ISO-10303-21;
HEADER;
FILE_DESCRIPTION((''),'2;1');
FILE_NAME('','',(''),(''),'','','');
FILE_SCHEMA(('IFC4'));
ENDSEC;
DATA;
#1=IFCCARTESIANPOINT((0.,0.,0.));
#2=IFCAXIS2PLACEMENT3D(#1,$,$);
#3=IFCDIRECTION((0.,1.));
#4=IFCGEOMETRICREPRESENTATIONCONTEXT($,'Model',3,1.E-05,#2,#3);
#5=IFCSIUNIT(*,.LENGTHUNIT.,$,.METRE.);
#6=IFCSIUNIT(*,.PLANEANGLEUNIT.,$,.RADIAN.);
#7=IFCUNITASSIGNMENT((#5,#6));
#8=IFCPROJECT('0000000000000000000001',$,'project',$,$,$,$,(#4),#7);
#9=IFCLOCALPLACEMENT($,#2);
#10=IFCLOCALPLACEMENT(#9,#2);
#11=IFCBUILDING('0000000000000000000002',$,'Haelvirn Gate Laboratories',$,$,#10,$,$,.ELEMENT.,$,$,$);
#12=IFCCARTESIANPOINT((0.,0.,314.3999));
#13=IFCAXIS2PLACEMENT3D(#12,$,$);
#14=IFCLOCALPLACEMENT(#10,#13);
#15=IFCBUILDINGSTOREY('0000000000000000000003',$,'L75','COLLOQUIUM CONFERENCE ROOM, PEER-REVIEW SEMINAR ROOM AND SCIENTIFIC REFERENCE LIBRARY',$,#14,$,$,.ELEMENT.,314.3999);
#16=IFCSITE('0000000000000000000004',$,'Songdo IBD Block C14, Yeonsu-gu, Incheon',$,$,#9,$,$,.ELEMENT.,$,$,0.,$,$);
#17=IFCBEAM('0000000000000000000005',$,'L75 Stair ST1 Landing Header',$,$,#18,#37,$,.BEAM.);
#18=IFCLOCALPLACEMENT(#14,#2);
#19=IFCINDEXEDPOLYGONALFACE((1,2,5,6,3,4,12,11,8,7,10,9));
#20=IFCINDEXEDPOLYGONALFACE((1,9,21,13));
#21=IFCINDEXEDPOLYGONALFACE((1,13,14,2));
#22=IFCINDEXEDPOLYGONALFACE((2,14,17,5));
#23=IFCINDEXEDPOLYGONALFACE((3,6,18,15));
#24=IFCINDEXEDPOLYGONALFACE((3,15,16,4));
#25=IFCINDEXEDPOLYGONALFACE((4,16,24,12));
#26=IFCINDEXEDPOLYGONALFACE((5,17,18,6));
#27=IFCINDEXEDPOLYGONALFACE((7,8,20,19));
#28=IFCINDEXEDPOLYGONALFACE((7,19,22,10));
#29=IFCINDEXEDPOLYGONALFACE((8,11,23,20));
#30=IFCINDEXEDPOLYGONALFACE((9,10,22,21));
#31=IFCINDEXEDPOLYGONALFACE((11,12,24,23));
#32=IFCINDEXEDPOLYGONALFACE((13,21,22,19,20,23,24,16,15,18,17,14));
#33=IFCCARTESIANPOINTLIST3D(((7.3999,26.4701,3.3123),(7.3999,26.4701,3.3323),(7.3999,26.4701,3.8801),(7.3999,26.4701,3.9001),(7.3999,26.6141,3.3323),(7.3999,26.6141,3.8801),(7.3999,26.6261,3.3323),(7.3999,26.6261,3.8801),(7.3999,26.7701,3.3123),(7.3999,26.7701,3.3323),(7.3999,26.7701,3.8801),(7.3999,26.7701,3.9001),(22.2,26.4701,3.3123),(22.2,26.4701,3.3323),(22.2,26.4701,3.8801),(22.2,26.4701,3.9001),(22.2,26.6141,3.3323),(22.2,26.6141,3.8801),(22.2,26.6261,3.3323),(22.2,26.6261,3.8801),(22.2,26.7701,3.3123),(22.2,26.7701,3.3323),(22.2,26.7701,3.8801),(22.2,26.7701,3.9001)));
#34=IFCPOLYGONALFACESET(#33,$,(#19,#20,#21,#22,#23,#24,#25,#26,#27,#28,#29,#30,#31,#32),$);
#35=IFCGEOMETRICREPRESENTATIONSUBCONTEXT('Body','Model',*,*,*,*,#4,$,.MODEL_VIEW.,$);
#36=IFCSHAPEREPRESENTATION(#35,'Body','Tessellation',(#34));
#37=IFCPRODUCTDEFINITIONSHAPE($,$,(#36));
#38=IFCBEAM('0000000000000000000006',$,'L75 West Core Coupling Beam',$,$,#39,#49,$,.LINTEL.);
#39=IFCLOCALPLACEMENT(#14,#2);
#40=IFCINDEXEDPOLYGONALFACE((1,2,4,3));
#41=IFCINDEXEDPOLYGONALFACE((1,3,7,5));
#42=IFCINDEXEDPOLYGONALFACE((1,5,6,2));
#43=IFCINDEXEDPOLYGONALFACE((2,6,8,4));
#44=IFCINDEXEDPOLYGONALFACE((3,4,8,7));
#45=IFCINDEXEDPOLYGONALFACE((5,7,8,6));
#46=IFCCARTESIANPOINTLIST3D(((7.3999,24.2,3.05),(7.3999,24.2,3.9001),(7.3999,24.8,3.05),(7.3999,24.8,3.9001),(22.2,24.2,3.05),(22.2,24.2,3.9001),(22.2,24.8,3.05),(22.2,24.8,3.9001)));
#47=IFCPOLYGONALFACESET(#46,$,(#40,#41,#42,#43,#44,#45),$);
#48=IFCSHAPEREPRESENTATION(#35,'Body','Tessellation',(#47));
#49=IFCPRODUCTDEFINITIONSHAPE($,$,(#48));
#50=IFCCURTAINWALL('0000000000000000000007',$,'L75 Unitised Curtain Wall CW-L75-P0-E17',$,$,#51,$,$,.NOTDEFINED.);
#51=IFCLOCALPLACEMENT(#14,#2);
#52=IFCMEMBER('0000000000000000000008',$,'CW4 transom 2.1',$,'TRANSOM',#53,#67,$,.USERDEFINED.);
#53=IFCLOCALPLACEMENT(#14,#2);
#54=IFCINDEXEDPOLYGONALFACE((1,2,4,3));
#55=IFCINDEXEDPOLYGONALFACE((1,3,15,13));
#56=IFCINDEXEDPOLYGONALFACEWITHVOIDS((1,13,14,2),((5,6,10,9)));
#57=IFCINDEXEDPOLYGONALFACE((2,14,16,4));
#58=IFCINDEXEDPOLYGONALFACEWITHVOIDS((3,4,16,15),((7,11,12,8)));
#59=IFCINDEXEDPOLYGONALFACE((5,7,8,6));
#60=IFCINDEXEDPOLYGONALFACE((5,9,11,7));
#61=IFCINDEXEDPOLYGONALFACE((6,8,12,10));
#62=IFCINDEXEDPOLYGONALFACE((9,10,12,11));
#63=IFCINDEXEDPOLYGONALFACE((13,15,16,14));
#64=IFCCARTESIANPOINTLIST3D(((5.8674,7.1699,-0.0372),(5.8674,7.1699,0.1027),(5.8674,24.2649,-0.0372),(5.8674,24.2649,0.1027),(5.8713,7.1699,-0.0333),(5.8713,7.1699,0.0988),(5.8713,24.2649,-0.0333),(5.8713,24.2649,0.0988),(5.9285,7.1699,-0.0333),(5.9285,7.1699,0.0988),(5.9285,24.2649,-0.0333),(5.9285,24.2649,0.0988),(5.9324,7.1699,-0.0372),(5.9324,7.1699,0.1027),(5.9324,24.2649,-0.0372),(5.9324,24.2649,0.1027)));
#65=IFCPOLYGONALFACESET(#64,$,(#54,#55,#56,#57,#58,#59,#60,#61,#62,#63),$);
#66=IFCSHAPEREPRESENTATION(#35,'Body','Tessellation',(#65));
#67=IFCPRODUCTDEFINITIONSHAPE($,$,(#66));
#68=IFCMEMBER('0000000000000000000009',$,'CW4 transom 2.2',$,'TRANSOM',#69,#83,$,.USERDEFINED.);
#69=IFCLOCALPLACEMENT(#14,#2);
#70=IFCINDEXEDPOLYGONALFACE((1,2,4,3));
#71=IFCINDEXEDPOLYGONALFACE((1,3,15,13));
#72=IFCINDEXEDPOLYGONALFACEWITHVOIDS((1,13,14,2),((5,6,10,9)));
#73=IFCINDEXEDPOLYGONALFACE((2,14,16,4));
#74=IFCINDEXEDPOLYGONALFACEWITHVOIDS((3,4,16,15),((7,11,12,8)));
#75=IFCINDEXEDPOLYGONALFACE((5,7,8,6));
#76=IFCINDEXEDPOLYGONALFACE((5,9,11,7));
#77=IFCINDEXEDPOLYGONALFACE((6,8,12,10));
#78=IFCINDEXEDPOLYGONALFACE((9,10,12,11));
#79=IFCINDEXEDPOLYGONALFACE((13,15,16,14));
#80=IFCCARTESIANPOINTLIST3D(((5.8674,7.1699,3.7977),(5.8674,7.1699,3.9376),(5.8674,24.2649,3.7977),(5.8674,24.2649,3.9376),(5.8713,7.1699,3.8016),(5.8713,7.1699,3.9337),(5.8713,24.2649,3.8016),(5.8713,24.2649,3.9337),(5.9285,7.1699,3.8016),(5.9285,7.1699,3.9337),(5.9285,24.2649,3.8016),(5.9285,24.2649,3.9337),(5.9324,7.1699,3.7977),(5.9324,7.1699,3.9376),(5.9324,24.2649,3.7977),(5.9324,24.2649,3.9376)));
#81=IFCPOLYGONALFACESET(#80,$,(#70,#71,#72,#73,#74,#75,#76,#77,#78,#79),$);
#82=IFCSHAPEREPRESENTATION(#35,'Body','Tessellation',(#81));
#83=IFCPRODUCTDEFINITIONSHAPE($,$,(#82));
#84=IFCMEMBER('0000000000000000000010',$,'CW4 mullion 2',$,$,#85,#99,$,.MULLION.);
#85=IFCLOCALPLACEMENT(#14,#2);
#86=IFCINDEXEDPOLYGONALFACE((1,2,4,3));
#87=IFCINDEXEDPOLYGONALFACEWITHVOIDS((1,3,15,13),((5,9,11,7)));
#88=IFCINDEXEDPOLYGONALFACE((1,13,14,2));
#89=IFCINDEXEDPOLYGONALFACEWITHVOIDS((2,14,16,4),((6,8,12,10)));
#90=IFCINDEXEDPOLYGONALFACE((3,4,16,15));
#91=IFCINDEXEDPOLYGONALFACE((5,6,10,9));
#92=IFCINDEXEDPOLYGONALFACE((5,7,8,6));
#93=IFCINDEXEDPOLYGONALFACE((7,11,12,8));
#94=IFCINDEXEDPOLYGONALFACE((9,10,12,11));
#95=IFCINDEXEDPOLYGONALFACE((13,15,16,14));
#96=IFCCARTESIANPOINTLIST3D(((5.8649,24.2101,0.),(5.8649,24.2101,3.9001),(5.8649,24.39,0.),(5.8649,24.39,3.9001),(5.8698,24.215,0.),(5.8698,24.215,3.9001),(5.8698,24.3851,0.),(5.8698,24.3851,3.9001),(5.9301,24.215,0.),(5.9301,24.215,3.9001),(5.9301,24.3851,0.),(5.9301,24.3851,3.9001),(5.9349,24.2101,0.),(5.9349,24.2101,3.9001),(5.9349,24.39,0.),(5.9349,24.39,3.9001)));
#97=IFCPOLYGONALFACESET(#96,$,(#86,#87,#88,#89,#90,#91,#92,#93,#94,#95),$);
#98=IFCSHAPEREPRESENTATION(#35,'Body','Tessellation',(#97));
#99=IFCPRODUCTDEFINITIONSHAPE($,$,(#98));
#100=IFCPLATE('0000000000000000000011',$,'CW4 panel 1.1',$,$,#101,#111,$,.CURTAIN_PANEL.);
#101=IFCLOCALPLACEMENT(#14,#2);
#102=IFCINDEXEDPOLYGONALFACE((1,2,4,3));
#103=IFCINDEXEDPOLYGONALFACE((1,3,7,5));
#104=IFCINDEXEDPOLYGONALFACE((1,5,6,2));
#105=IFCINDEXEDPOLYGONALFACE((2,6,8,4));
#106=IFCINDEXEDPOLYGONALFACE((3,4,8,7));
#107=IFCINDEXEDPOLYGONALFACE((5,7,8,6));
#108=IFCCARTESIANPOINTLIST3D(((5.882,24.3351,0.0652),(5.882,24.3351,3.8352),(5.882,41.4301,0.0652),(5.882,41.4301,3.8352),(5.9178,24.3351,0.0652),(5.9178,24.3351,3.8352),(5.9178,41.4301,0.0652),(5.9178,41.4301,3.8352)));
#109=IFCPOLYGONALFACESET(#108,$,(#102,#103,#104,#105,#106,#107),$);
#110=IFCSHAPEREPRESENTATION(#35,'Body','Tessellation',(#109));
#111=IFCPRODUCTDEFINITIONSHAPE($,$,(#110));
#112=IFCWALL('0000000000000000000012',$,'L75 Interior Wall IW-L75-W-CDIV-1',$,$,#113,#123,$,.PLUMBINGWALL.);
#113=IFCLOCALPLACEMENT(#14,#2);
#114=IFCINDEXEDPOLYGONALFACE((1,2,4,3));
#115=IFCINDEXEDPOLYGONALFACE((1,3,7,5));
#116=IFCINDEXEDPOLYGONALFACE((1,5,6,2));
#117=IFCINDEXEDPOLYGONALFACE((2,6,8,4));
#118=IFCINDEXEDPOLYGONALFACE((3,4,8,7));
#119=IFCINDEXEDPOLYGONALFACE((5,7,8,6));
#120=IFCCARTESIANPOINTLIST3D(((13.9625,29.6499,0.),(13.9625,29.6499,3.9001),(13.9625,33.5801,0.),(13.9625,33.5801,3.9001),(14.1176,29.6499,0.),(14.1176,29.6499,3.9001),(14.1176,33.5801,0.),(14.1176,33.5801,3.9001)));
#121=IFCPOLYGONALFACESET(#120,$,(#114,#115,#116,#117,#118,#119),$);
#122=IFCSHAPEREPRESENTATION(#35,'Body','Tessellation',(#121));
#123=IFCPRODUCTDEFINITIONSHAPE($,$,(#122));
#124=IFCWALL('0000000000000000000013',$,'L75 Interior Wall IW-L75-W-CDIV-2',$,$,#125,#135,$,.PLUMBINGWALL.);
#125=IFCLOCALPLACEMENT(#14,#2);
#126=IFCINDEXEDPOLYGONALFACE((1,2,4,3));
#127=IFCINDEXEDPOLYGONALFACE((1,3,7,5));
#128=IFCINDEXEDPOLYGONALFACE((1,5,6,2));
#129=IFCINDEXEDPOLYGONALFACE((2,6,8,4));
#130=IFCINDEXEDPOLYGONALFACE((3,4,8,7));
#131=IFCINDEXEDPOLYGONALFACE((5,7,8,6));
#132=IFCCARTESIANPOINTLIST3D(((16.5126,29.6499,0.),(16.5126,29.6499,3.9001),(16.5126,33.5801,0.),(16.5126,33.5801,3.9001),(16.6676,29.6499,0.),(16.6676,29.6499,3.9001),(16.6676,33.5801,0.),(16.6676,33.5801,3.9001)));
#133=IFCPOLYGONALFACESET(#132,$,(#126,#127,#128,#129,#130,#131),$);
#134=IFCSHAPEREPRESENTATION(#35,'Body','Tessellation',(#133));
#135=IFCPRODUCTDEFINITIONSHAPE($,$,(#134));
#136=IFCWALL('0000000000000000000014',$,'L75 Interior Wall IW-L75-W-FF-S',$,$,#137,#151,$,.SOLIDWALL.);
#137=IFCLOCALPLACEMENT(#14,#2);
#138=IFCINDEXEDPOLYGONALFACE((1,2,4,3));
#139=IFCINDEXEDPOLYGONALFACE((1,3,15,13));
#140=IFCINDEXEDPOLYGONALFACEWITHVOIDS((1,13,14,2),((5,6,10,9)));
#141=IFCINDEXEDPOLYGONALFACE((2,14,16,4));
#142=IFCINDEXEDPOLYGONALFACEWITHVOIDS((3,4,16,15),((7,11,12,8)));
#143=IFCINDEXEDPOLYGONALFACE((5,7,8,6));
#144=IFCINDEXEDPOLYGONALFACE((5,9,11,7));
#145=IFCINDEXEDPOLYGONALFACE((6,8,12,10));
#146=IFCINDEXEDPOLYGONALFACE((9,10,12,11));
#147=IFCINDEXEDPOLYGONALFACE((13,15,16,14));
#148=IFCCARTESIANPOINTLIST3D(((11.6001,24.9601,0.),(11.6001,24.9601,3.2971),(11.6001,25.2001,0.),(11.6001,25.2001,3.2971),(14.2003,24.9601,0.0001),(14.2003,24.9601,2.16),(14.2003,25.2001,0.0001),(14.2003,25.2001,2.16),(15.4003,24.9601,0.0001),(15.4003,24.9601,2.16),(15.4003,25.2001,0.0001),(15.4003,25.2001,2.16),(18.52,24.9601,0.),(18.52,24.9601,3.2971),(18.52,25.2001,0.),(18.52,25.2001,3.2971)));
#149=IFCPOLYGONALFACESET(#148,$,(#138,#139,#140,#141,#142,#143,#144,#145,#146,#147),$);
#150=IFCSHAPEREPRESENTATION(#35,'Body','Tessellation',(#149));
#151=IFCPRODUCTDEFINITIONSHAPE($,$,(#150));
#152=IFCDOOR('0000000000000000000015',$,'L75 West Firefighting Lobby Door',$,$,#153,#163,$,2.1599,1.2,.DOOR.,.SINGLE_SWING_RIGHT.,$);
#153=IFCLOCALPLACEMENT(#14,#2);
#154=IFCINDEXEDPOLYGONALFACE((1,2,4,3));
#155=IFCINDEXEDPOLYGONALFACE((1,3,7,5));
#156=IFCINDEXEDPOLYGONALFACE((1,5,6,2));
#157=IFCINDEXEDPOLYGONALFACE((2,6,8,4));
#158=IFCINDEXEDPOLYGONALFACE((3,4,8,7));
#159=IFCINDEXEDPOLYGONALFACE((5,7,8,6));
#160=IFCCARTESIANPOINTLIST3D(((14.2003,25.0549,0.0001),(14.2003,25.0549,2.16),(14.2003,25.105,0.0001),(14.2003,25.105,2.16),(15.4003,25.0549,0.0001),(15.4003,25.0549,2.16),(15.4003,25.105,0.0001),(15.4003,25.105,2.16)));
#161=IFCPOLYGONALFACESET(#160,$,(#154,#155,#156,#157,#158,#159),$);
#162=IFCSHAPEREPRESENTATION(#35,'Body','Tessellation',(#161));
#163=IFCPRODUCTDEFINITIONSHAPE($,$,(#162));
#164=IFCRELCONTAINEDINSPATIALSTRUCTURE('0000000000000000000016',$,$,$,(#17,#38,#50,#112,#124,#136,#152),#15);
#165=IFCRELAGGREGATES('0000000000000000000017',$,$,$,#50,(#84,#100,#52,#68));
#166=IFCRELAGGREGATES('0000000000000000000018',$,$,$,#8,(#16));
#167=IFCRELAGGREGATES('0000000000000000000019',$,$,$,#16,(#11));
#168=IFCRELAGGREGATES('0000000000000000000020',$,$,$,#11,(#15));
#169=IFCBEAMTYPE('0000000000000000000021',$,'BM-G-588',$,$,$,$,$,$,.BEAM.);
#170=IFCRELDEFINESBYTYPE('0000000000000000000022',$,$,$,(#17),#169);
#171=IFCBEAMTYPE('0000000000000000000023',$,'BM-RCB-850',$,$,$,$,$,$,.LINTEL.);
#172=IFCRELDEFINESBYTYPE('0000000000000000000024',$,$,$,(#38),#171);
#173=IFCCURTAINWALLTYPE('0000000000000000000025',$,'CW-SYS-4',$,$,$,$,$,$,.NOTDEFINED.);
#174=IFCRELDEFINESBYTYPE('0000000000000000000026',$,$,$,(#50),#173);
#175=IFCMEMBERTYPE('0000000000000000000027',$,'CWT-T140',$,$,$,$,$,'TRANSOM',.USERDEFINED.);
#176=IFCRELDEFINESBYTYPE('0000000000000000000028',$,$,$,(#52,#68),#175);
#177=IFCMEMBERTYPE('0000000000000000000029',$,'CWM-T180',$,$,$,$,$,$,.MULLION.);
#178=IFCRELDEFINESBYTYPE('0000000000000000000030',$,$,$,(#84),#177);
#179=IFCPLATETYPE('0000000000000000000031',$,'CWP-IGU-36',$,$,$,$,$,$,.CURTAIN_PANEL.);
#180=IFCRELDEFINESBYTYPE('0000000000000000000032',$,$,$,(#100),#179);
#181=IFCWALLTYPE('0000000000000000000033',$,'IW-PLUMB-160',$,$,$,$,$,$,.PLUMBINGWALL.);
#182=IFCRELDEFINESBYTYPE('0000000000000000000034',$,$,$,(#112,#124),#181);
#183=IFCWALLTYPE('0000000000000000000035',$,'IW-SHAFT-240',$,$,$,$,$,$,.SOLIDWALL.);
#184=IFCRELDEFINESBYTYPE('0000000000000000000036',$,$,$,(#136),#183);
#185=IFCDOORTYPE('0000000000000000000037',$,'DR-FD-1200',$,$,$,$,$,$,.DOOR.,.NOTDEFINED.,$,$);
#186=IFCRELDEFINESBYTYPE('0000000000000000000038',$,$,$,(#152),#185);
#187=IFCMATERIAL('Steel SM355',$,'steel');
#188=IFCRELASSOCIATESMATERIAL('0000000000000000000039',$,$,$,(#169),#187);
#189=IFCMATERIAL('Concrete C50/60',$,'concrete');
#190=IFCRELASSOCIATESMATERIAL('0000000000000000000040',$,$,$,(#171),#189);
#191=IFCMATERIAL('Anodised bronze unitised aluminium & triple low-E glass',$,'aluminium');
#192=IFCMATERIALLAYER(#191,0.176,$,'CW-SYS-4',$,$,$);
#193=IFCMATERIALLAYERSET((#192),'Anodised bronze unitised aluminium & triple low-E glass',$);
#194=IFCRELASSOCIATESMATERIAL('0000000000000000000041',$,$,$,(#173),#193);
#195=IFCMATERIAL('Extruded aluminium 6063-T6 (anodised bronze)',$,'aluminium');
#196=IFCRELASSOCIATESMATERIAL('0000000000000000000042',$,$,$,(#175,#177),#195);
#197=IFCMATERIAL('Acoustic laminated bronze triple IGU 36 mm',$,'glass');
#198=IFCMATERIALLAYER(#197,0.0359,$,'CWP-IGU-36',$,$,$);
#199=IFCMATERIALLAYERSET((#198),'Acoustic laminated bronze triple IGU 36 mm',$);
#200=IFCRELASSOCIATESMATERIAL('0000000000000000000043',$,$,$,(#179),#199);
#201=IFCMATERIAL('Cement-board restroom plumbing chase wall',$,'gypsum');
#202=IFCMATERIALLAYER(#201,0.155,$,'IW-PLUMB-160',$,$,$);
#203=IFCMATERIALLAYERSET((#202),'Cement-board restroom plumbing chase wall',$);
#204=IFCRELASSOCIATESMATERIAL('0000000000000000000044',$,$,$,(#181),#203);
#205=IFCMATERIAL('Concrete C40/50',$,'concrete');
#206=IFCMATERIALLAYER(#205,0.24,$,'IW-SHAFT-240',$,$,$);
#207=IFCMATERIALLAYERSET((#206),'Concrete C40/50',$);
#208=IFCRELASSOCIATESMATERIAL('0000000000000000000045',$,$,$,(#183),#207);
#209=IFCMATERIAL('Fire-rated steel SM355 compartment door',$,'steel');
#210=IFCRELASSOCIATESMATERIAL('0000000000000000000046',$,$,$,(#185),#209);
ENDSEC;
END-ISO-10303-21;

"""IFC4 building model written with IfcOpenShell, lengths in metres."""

from ifc_helpers import new_model, si_unit, direction, frame, frame_2d, origin, origin_2d, place, context, subcontext, project, spatial, rectangle, hollow_rectangle, i_section, extrude, source, transform, mapped, material, layer, layer_set, material_profile, profile_set, type_object, type_shapes, element, fill, aggregate, save


model = new_model("IFC4")

# Units and contexts
model_context = context("Model", 3, precision=1e-05, world=origin(), true_north=direction((0.0, 1.0)))
body_context = subcontext(model_context, "Body", "Model", "MODEL_VIEW")
ifc_project = project(units=[si_unit("LENGTHUNIT", "METRE"), si_unit("PLANEANGLEUNIT", "RADIAN")], contexts=[model_context])

# Site, building, storey
site_placement = place(None, origin())
site = spatial("IfcSite", under=ifc_project, at=site_placement, Name="Songdo IBD Block C14, Yeonsu-gu, Incheon", CompositionType="ELEMENT", RefElevation=0.0)
building_placement = place(site_placement, origin())
building = spatial("IfcBuilding", under=site, at=building_placement, Name="Haelvirn Gate Laboratories", CompositionType="ELEMENT")
storey_placement = place(building_placement, frame((0.0, 0.0, 314.3999)))
storey = spatial("IfcBuildingStorey", under=building, at=storey_placement, Name="L75", Description="COLLOQUIUM CONFERENCE ROOM, PEER-REVIEW SEMINAR ROOM AND SCIENTIFIC REFERENCE LIBRARY", CompositionType="ELEMENT", Elevation=314.3999)

# Beams
ifc_material_1 = material(Name="Steel SM355", Category="steel")
ifc_material_profile_1 = material_profile(ifc_material_1, i_section(OverallWidth=0.3, OverallDepth=0.5879, WebThickness=0.012, FlangeThickness=0.02, at=origin_2d()), Name="H-588x300x12x20")
ifc_profile_set_1 = profile_set([ifc_material_profile_1], Name="Steel SM355")
beam_type_1 = type_object("IfcBeamType", Name="BM-G-588", PredefinedType="BEAM", material=ifc_profile_set_1)
shared_shape_1 = source(origin(), body_context, "Body", "SweptSolid", [
    extrude(i_section(OverallWidth=0.3, OverallDepth=0.5879, WebThickness=0.012, FlangeThickness=0.02, at=origin_2d()), origin(), (0.0, 0.0, 1.0), 14.8),
])
type_shapes(beam_type_1, [shared_shape_1])
beam_1_placement = place(storey_placement, frame((7.3999, 26.6201, 3.6062), z_axis=(1.0, 0.0, 0.0), x_axis=(0.0, 1.0, 0.0)))
element("IfcBeam", 1, at=beam_1_placement, inside=storey, type_object=beam_type_1, Name="L75 Stair ST1 Landing Header", PredefinedType="BEAM", context=body_context, shape_type="MappedRepresentation", body=[
    mapped(shared_shape_1, transform((0.0, 0.0, 0.0), scale=1.0)),
])
ifc_material_2 = material(Name="Concrete C50/60", Category="concrete")
ifc_material_profile_2 = material_profile(ifc_material_2, rectangle(XDim=0.6001, YDim=0.8501, at=origin_2d()), Name="RCB-600x850")
ifc_profile_set_2 = profile_set([ifc_material_profile_2], Name="Concrete C50/60")
beam_type_2 = type_object("IfcBeamType", Name="BM-RCB-850", PredefinedType="LINTEL", material=ifc_profile_set_2)
shared_shape_2 = source(origin(), body_context, "Body", "SweptSolid", [
    extrude(rectangle(XDim=0.6001, YDim=0.8501, at=origin_2d()), origin(), (0.0, 0.0, 1.0), 14.8),
])
type_shapes(beam_type_2, [shared_shape_2])
beam_2_placement = place(storey_placement, frame((7.3999, 24.5, 3.4751), z_axis=(1.0, 0.0, 0.0), x_axis=(0.0, 1.0, 0.0)))
element("IfcBeam", 2, at=beam_2_placement, inside=storey, type_object=beam_type_2, Name="L75 West Core Coupling Beam", PredefinedType="LINTEL", context=body_context, shape_type="MappedRepresentation", body=[
    mapped(shared_shape_2, transform((0.0, 0.0, 0.0), scale=1.0)),
])

# Curtain wall, members, plate
ifc_material_3 = material(Name="Anodised bronze unitised aluminium & triple low-E glass", Category="aluminium")
ifc_layer_1 = layer(ifc_material_3, 0.176, Name="CW-SYS-4")
ifc_layer_set_1 = layer_set([ifc_layer_1], Name="Anodised bronze unitised aluminium & triple low-E glass")
curtain_wall_type = type_object("IfcCurtainWallType", Name="CW-SYS-4", PredefinedType="NOTDEFINED", material=ifc_layer_set_1)
curtain_wall_placement = place(storey_placement, origin())
curtain_wall = element("IfcCurtainWall", 3, at=curtain_wall_placement, inside=storey, type_object=curtain_wall_type, Name="L75 Unitised Curtain Wall CW-L75-P0-E17", PredefinedType="NOTDEFINED")
ifc_material_4 = material(Name="Extruded aluminium 6063-T6 (anodised bronze)", Category="aluminium")
ifc_material_profile_3 = material_profile(ifc_material_4, hollow_rectangle(XDim=0.0649, YDim=0.1399, WallThickness=0.0039, at=origin_2d()), Name="CWT-140x65x4")
ifc_profile_set_3 = profile_set([ifc_material_profile_3], Name="Extruded aluminium 6063-T6 (anodised bronze)")
member_type_1 = type_object("IfcMemberType", Name="CWT-T140", ElementType="TRANSOM", PredefinedType="USERDEFINED", material=ifc_profile_set_3)
shared_shape_3 = source(origin(), body_context, "Body", "SweptSolid", [
    extrude(hollow_rectangle(XDim=0.0649, YDim=0.1399, WallThickness=0.0039, at=origin_2d()), origin(), (0.0, 0.0, 1.0), 17.095),
])
type_shapes(member_type_1, [shared_shape_3])
member_1_placement = place(storey_placement, frame((5.8999, 24.2649, 0.0327), z_axis=(0.0, -1.0, 0.0), x_axis=(1.0, 0.0, 0.0)))
member_1 = element("IfcMember", 4, at=member_1_placement, type_object=member_type_1, Name="CW4 transom 2.1", ObjectType="TRANSOM", PredefinedType="USERDEFINED", context=body_context, shape_type="MappedRepresentation", body=[
    mapped(shared_shape_3, transform((0.0, 0.0, 0.0), scale=1.0)),
])
member_2_placement = place(storey_placement, frame((5.8999, 24.2649, 3.8677), z_axis=(0.0, -1.0, 0.0), x_axis=(1.0, 0.0, 0.0)))
member_2 = element("IfcMember", 5, at=member_2_placement, type_object=member_type_1, Name="CW4 transom 2.2", ObjectType="TRANSOM", PredefinedType="USERDEFINED", context=body_context, shape_type="MappedRepresentation", body=[
    mapped(shared_shape_3, transform((0.0, 0.0, 0.0), scale=1.0)),
])
ifc_material_profile_4 = material_profile(ifc_material_4, hollow_rectangle(XDim=0.0701, YDim=0.1799, WallThickness=0.0049, at=origin_2d()), Name="CWM-180x70x5")
ifc_profile_set_4 = profile_set([ifc_material_profile_4], Name="Extruded aluminium 6063-T6 (anodised bronze)")
member_type_2 = type_object("IfcMemberType", Name="CWM-T180", PredefinedType="MULLION", material=ifc_profile_set_4)
shared_shape_4 = source(origin(), body_context, "Body", "SweptSolid", [
    extrude(hollow_rectangle(XDim=0.0701, YDim=0.1799, WallThickness=0.0049, at=origin_2d()), origin(), (0.0, 0.0, 1.0), 3.9001),
])
type_shapes(member_type_2, [shared_shape_4])
member_3_placement = place(storey_placement, frame((5.8999, 24.3, 0.0), z_axis=(0.0, 0.0, 1.0), x_axis=(1.0, 0.0, 0.0)))
member_3 = element("IfcMember", 6, at=member_3_placement, type_object=member_type_2, Name="CW4 mullion 2", PredefinedType="MULLION", context=body_context, shape_type="MappedRepresentation", body=[
    mapped(shared_shape_4, transform((0.0, 0.0, 0.0), scale=1.0)),
])
ifc_material_5 = material(Name="Acoustic laminated bronze triple IGU 36 mm", Category="glass")
ifc_layer_2 = layer(ifc_material_5, 0.0359, Name="CWP-IGU-36")
ifc_layer_set_2 = layer_set([ifc_layer_2], Name="Acoustic laminated bronze triple IGU 36 mm")
plate_type = type_object("IfcPlateType", Name="CWP-IGU-36", PredefinedType="CURTAIN_PANEL", material=ifc_layer_set_2)
shared_shape_5 = source(origin(), body_context, "Body", "SweptSolid", [
    extrude(rectangle(XDim=17.095, YDim=0.0359, at=origin_2d()), origin(), (0.0, 0.0, 1.0), 3.77),
])
type_shapes(plate_type, [shared_shape_5])
plate_placement = place(storey_placement, frame((5.8999, 32.8826, 0.0652), z_axis=(0.0, 0.0, 1.0), x_axis=(0.0, -1.0, 0.0)))
plate = element("IfcPlate", 7, at=plate_placement, type_object=plate_type, Name="CW4 panel 1.1", PredefinedType="CURTAIN_PANEL", context=body_context, shape_type="MappedRepresentation", body=[
    mapped(shared_shape_5, transform((0.0, 0.0, 0.0), scale=1.0)),
])
aggregate(curtain_wall, [member_3, plate, member_1, member_2])

# Walls
ifc_material_6 = material(Name="Cement-board restroom plumbing chase wall", Category="gypsum")
ifc_layer_3 = layer(ifc_material_6, 0.155, Name="IW-PLUMB-160")
ifc_layer_set_3 = layer_set([ifc_layer_3], Name="Cement-board restroom plumbing chase wall")
wall_type_1 = type_object("IfcWallType", Name="IW-PLUMB-160", PredefinedType="PLUMBINGWALL", material=ifc_layer_set_3)
for number, where, z_axis, x_axis, name in (
    (8, (14.04, 29.6499, 0.0), (0.0, 0.0, 1.0), (0.0, 1.0, 0.0), "L75 Interior Wall IW-L75-W-CDIV-1"),
    (9, (16.5901, 29.6499, 0.0), (0.0, 0.0, 1.0), (0.0, 1.0, 0.0), "L75 Interior Wall IW-L75-W-CDIV-2"),
):
    element("IfcWall", number, at=place(storey_placement, frame(where, z_axis=z_axis, x_axis=x_axis)), inside=storey, type_object=wall_type_1, Name=name, PredefinedType="PLUMBINGWALL", context=body_context, shape_type="SweptSolid", body=[
        extrude(rectangle(XDim=3.9302, YDim=0.155, at=frame_2d((1.9651, 0.0))), origin(), (0.0, 0.0, 1.0), 3.9001),
    ])

# Wall, opening, door
ifc_material_7 = material(Name="Concrete C40/50", Category="concrete")
ifc_layer_4 = layer(ifc_material_7, 0.24, Name="IW-SHAFT-240")
ifc_layer_set_4 = layer_set([ifc_layer_4], Name="Concrete C40/50")
wall_type_2 = type_object("IfcWallType", Name="IW-SHAFT-240", PredefinedType="SOLIDWALL", material=ifc_layer_set_4)
wall_1_placement = place(storey_placement, frame((11.6001, 25.0801, 0.0), z_axis=(0.0, 0.0, 1.0), x_axis=(1.0, 0.0, 0.0)))
wall_1 = element("IfcWall", 10, at=wall_1_placement, inside=storey, type_object=wall_type_2, Name="L75 Interior Wall IW-L75-W-FF-S", PredefinedType="SOLIDWALL", context=body_context, shape_type="SweptSolid", body=[
    extrude(rectangle(XDim=6.9199, YDim=0.24, at=frame_2d((3.46, 0.0))), origin(), (0.0, 0.0, 1.0), 3.2971),
])
opening_1_placement = place(wall_1_placement, frame((2.6001, 0.0, 0.0)))
opening_1 = element("IfcOpeningElement", 11, at=opening_1_placement, cuts=wall_1, PredefinedType="OPENING", context=body_context, shape_type="SweptSolid", body=[
    extrude(rectangle(XDim=1.2, YDim=2.1599, at=frame_2d((0.6001, 1.0801))), frame((0.0, 0.1299, 0.0), z_axis=(0.0, -1.0, 0.0), x_axis=(1.0, 0.0, 0.0)), (0.0, 0.0, 1.0), 0.26),
])
ifc_material_8 = material(Name="Fire-rated steel SM355 compartment door", Category="steel")
door_type_1 = type_object("IfcDoorType", Name="DR-FD-1200", OperationType="NOTDEFINED", PredefinedType="DOOR", material=ifc_material_8)
shared_shape_6 = source(origin(), body_context, "Body", "SweptSolid", [
    extrude(rectangle(XDim=1.2, YDim=2.1599, at=frame_2d((0.6001, 1.0801))), frame((0.0, 0.0249, 0.0), z_axis=(0.0, -1.0, 0.0), x_axis=(1.0, 0.0, 0.0)), (0.0, 0.0, 1.0), 0.05),
])
type_shapes(door_type_1, [shared_shape_6])
door_1_placement = place(opening_1_placement, origin())
door_1 = element("IfcDoor", 12, at=door_1_placement, inside=storey, type_object=door_type_1, Name="L75 West Firefighting Lobby Door", OperationType="SINGLE_SWING_RIGHT", OverallHeight=2.1599, OverallWidth=1.2, PredefinedType="DOOR", context=body_context, shape_type="MappedRepresentation", body=[
    mapped(shared_shape_6, transform((0.0, 0.0, 0.0), scale=1.0)),
])
fill(opening_1, door_1)

save(model, "model.ifc")
